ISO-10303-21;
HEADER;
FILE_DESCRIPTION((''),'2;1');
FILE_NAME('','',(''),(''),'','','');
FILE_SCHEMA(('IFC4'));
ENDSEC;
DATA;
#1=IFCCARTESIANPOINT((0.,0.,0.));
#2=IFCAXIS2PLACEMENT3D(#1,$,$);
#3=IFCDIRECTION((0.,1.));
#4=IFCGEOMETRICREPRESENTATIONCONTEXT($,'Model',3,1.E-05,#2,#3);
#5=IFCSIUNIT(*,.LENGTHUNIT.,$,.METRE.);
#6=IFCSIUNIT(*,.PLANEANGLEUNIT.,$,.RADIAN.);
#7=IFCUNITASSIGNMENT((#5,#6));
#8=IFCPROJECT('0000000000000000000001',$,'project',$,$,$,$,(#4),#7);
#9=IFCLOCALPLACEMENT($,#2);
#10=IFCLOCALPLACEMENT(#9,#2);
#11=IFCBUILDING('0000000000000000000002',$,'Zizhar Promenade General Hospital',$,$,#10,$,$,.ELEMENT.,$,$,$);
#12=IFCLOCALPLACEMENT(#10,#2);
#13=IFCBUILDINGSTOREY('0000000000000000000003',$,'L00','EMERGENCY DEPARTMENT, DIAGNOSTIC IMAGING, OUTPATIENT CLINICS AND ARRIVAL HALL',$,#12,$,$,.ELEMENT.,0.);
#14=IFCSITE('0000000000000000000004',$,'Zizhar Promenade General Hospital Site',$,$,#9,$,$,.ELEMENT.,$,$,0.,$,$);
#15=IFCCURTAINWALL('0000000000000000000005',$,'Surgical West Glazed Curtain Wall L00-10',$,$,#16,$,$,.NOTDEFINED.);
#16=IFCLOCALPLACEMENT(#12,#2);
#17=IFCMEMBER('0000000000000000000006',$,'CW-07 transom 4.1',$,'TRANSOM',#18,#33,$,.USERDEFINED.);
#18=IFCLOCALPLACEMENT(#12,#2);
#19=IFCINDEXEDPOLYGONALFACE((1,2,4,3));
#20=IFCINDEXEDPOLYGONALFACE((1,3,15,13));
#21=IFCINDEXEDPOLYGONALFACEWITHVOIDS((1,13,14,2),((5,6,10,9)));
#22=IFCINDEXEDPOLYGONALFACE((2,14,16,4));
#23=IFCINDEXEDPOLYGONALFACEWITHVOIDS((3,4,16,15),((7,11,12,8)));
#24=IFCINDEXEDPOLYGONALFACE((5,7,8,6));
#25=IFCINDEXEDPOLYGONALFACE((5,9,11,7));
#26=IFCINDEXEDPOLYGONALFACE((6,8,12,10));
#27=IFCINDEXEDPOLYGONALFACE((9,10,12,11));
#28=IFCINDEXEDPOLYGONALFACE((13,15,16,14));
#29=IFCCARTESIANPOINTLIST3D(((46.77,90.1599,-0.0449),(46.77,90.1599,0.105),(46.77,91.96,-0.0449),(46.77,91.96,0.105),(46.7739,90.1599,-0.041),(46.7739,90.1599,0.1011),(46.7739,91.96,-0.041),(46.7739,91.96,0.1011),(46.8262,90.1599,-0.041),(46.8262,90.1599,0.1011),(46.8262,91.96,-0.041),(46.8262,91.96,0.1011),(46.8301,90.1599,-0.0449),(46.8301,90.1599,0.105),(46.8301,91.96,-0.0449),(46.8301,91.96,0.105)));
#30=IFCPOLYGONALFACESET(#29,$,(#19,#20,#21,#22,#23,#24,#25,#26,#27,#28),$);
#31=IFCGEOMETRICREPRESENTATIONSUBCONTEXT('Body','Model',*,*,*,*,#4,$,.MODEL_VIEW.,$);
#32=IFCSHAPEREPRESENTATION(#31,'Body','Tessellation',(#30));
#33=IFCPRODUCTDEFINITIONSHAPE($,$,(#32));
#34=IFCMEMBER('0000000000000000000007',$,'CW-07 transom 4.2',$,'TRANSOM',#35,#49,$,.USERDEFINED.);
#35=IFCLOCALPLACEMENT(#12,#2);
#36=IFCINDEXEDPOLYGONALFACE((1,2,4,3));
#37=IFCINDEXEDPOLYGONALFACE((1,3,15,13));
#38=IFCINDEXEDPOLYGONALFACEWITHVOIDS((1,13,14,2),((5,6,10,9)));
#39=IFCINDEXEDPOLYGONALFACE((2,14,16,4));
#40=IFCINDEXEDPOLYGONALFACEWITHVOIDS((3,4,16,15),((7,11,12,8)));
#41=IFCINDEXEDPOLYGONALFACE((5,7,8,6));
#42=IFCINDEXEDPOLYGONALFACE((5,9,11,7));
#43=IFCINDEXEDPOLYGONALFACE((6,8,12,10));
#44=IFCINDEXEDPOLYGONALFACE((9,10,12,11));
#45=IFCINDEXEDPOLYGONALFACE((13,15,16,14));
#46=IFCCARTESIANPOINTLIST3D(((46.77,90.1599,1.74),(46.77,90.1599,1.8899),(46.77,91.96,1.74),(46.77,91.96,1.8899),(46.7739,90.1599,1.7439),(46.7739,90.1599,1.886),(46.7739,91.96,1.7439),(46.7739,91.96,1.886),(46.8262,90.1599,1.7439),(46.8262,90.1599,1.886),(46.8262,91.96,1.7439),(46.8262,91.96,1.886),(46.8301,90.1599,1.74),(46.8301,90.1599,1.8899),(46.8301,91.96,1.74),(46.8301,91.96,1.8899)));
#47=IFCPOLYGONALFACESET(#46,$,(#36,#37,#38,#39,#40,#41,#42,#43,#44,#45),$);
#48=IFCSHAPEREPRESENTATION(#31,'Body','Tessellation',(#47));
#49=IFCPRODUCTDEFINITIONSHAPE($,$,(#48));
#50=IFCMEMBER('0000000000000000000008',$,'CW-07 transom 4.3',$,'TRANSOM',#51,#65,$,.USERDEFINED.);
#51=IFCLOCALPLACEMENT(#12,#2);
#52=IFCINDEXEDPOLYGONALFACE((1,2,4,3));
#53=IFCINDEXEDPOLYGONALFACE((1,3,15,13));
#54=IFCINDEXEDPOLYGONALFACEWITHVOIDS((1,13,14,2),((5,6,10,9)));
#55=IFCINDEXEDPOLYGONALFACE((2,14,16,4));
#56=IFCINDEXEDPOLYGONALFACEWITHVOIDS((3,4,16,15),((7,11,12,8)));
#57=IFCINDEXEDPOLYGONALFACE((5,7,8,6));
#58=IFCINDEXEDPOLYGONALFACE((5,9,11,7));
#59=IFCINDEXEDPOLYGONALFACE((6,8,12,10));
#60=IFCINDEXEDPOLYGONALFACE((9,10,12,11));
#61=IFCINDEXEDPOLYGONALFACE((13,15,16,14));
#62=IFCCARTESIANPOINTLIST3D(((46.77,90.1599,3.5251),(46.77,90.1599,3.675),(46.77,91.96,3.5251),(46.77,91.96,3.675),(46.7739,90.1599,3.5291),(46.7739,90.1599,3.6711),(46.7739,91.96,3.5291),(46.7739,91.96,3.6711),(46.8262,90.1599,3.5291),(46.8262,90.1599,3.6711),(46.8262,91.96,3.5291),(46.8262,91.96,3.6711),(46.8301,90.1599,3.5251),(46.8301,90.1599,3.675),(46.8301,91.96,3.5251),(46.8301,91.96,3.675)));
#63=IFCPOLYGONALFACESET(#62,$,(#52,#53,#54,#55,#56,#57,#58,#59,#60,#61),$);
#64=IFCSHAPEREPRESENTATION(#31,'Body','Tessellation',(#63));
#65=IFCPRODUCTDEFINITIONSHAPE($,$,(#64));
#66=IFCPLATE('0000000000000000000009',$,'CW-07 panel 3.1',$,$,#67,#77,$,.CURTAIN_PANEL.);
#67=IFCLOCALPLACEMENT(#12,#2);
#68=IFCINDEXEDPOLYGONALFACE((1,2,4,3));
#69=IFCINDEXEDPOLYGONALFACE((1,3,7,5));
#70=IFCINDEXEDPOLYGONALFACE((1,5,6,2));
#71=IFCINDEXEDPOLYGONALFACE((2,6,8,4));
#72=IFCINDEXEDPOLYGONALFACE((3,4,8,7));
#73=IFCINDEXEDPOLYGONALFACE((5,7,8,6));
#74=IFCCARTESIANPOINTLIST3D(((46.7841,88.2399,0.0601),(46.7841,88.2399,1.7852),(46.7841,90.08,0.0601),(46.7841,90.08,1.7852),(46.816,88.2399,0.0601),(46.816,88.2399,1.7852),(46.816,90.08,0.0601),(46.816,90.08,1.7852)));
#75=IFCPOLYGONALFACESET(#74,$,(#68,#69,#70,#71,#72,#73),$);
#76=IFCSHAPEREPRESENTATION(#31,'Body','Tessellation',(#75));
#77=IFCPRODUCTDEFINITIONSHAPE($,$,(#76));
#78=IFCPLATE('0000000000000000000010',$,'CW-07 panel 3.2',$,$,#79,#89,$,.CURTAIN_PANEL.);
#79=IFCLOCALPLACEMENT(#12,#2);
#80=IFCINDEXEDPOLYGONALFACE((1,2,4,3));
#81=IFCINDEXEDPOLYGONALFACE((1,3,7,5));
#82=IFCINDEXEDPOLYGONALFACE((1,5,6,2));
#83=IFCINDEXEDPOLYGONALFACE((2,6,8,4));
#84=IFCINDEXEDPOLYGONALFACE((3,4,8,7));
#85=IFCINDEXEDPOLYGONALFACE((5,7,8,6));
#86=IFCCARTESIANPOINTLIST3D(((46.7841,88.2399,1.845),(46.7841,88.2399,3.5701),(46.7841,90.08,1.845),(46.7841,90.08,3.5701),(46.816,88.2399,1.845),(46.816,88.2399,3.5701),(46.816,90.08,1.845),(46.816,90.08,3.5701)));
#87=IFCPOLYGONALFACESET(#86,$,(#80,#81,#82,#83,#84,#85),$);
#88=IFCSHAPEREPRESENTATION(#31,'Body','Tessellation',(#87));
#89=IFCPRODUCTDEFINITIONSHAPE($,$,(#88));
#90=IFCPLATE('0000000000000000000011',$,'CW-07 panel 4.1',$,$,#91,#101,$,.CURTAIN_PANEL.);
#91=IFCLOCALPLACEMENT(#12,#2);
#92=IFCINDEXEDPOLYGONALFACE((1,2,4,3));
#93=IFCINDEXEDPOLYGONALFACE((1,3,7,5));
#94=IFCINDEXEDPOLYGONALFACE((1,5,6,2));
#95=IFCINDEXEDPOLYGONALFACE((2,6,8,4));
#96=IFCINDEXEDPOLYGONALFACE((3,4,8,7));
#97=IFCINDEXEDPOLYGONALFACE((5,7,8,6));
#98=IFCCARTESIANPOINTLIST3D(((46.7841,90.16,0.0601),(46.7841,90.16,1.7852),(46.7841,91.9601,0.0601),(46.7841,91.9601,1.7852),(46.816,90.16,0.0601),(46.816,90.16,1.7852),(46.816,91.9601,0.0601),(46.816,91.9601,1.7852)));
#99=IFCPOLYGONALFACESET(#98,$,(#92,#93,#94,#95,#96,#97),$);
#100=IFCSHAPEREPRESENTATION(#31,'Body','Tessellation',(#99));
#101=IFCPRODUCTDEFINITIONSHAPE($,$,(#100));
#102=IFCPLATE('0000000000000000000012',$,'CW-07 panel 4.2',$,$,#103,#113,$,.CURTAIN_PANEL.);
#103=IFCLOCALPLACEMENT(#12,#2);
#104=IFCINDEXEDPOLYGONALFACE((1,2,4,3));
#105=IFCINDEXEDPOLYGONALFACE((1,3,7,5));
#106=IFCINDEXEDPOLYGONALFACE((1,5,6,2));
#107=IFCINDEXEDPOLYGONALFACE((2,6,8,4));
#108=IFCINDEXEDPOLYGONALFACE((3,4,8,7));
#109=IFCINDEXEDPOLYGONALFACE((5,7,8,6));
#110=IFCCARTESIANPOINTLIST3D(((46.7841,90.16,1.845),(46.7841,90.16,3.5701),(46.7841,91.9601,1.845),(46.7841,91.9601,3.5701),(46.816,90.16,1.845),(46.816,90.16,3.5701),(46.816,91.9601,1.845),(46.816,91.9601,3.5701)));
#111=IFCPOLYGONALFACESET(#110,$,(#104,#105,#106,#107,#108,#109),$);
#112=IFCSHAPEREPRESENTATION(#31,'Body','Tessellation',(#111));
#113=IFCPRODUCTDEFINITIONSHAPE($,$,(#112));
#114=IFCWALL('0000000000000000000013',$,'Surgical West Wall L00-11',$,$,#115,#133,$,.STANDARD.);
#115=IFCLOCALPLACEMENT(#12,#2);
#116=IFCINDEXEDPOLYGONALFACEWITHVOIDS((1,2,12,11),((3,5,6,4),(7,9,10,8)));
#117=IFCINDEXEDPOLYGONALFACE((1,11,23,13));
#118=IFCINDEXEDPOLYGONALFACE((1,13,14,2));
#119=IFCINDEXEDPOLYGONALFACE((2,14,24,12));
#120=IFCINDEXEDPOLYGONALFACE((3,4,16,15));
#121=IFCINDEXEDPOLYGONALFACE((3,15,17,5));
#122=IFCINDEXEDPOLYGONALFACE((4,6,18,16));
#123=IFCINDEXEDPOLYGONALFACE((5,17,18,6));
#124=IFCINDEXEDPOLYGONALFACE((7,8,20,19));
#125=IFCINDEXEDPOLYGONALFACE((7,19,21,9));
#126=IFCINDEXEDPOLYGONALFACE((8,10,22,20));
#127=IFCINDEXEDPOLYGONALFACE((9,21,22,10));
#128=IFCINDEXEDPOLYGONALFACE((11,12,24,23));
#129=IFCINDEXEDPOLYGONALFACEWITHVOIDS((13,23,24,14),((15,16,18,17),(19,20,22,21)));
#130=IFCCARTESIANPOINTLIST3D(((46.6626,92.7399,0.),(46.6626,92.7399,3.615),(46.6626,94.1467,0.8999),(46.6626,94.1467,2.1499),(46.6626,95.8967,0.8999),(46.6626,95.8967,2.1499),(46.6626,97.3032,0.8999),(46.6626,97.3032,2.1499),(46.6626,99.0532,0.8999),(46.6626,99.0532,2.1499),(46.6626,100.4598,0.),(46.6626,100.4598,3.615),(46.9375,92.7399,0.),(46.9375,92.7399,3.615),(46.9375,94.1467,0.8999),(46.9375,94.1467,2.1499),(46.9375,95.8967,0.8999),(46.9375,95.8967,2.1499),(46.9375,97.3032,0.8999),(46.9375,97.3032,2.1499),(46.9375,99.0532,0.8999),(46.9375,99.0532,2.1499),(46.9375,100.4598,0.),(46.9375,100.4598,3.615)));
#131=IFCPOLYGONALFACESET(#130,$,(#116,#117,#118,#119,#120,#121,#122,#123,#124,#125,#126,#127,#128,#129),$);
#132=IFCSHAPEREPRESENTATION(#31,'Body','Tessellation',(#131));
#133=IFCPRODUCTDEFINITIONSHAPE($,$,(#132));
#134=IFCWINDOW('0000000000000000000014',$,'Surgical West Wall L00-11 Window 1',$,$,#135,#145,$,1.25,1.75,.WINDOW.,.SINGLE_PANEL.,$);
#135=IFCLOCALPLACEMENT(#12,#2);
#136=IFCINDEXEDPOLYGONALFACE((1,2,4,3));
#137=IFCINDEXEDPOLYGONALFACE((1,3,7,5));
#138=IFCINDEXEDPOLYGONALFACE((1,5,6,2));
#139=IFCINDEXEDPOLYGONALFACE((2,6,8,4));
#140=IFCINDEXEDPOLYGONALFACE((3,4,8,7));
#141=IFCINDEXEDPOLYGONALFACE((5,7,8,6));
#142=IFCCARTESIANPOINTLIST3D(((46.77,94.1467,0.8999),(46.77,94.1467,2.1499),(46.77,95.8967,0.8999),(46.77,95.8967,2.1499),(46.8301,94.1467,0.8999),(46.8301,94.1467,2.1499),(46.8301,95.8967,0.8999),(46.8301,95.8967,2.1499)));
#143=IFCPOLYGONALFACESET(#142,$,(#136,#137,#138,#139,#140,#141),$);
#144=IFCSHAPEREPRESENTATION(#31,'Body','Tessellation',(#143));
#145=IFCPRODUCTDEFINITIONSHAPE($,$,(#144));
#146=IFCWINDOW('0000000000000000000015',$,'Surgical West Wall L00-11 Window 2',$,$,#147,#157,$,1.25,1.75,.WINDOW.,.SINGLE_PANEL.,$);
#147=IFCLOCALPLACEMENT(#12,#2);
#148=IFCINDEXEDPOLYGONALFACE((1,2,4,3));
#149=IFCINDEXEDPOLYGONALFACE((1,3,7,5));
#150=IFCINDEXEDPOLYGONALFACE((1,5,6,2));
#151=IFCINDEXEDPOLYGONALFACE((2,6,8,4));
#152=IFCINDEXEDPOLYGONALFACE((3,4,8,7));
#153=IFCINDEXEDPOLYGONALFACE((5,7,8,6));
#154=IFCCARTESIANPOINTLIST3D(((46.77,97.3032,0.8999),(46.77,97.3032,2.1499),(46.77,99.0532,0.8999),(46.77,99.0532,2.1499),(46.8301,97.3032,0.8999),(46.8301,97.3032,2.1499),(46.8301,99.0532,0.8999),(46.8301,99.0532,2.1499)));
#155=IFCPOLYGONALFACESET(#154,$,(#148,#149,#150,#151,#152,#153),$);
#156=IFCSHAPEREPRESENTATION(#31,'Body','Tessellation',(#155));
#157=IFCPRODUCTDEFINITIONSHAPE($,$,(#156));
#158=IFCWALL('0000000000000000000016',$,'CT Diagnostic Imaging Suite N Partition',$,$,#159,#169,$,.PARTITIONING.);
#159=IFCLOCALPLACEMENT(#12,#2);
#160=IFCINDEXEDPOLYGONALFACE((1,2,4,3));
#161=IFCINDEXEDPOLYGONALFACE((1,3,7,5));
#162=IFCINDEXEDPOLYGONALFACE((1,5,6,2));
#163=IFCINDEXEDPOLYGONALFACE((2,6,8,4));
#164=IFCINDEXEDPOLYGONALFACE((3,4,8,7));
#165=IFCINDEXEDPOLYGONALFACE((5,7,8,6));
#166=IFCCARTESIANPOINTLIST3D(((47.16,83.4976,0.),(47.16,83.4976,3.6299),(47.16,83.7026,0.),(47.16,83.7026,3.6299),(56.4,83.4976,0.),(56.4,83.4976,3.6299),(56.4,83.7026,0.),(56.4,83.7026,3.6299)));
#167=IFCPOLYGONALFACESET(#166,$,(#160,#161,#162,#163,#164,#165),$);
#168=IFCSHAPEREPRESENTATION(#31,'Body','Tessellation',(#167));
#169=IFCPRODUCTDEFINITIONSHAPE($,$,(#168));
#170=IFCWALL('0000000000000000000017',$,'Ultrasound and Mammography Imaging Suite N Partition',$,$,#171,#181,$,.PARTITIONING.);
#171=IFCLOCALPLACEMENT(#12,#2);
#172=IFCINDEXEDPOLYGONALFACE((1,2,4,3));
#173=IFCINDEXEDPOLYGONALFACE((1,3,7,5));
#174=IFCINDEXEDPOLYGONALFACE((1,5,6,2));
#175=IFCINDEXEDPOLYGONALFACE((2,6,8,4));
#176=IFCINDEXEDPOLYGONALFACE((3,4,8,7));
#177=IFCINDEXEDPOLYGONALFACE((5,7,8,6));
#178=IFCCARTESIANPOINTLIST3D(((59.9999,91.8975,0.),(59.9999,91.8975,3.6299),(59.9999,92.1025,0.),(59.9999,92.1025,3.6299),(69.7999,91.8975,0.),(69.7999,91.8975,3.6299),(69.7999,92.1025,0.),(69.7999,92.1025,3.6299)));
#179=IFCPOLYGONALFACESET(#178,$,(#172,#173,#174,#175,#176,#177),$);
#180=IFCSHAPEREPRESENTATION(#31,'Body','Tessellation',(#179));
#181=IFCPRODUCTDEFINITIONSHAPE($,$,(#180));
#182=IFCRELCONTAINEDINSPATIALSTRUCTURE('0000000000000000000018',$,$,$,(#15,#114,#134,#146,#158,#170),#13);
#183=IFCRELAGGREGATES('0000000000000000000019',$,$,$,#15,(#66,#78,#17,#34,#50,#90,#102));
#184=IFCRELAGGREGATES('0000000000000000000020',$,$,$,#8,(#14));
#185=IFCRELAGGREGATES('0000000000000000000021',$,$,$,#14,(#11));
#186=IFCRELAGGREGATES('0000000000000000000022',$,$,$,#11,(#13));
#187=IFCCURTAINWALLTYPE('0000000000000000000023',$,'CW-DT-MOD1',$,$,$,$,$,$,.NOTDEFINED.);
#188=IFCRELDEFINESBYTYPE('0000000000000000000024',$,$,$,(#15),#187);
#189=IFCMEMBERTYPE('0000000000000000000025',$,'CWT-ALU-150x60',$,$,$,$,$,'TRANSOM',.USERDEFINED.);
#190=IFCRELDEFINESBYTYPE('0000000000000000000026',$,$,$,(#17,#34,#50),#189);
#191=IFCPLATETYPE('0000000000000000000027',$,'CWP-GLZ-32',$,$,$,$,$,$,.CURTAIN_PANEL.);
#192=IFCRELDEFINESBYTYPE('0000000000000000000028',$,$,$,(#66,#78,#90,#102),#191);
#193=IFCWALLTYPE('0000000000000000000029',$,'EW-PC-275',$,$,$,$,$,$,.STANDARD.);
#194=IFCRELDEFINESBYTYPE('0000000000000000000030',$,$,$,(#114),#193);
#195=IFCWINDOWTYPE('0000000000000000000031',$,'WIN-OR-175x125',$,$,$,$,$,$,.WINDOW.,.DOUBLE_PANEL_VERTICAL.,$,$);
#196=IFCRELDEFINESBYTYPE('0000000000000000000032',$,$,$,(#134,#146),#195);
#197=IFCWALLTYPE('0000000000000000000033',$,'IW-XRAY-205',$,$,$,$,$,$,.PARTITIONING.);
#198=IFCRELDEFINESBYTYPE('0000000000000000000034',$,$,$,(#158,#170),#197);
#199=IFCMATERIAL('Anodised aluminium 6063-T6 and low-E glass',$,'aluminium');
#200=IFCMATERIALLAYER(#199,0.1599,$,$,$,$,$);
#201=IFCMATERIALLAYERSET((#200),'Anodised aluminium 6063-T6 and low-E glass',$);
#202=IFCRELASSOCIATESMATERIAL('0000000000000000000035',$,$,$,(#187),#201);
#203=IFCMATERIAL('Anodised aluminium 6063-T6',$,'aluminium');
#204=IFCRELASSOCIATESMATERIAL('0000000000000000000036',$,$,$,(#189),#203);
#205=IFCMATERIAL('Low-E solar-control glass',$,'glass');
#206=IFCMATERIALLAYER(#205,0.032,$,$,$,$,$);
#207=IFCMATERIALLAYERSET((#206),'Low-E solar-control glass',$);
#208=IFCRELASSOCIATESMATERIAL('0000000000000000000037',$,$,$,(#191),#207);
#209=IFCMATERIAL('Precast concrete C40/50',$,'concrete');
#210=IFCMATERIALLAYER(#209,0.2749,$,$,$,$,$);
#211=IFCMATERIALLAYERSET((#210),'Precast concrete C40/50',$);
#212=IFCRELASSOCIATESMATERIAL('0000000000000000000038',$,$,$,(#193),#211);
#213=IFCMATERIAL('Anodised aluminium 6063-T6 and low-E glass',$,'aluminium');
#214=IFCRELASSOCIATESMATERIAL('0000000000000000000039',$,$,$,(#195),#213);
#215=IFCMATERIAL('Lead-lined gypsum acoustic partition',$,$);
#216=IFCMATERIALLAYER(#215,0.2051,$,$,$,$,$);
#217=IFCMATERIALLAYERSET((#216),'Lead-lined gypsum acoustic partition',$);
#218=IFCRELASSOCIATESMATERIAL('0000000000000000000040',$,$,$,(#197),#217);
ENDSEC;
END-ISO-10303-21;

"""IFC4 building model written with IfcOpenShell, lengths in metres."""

from ifc_helpers import new_model, si_unit, direction, frame, frame_2d, origin, origin_2d, place, context, subcontext, project, spatial, rectangle, hollow_rectangle, extrude, material, layer, layer_set, material_profile, profile_set, type_object, element, fill, aggregate, save


model = new_model("IFC4")

# Units and contexts
model_context = context("Model", 3, precision=1e-05, world=origin(), true_north=direction((0.0, 1.0)))
body_context = subcontext(model_context, "Body", "Model", "MODEL_VIEW")
ifc_project = project(units=[si_unit("LENGTHUNIT", "METRE"), si_unit("PLANEANGLEUNIT", "RADIAN")], contexts=[model_context])

# Site, building, storey
site_placement = place(None, origin())
site = spatial("IfcSite", under=ifc_project, at=site_placement, Name="Zizhar Promenade General Hospital Site", CompositionType="ELEMENT", RefElevation=0.0)
building_placement = place(site_placement, origin())
building = spatial("IfcBuilding", under=site, at=building_placement, Name="Zizhar Promenade General Hospital", CompositionType="ELEMENT")
storey_placement = place(building_placement, origin())
storey = spatial("IfcBuildingStorey", under=building, at=storey_placement, Name="L00", Description="EMERGENCY DEPARTMENT, DIAGNOSTIC IMAGING, OUTPATIENT CLINICS AND ARRIVAL HALL", CompositionType="ELEMENT", Elevation=0.0)

# Curtain wall, members, plates
ifc_material_1 = material(Name="Anodised aluminium 6063-T6 and low-E glass", Category="aluminium")
ifc_layer_1 = layer(ifc_material_1, 0.1599)
ifc_layer_set_1 = layer_set([ifc_layer_1], Name="Anodised aluminium 6063-T6 and low-E glass")
curtain_wall_type = type_object("IfcCurtainWallType", Name="CW-DT-MOD1", PredefinedType="NOTDEFINED", material=ifc_layer_set_1)
curtain_wall_placement = place(storey_placement, origin())
curtain_wall = element("IfcCurtainWall", 1, at=curtain_wall_placement, inside=storey, type_object=curtain_wall_type, Name="Surgical West Glazed Curtain Wall L00-10", PredefinedType="NOTDEFINED")
ifc_material_2 = material(Name="Anodised aluminium 6063-T6", Category="aluminium")
ifc_material_profile_1 = material_profile(ifc_material_2, hollow_rectangle(XDim=0.0601, YDim=0.1499, WallThickness=0.0039, at=origin_2d()))
ifc_profile_set_1 = profile_set([ifc_material_profile_1], Name="Anodised aluminium 6063-T6")
member_type_1 = type_object("IfcMemberType", Name="CWT-ALU-150x60", ElementType="TRANSOM", PredefinedType="USERDEFINED", material=ifc_profile_set_1)
member_1_placement = place(storey_placement, frame((46.8, 90.1599, 0.03), z_axis=(0.0, 1.0, 0.0), x_axis=(-1.0, 0.0, 0.0)))
member_1 = element("IfcMember", 2, at=member_1_placement, type_object=member_type_1, Name="CW-07 transom 4.1", ObjectType="TRANSOM", PredefinedType="USERDEFINED", context=body_context, shape_type="SweptSolid", body=[
    extrude(hollow_rectangle(XDim=0.0601, YDim=0.1499, WallThickness=0.0039, at=origin_2d()), origin(), (0.0, 0.0, 1.0), 1.8),
])
member_2_placement = place(storey_placement, frame((46.8, 90.1599, 1.8149), z_axis=(0.0, 1.0, 0.0), x_axis=(-1.0, 0.0, 0.0)))
member_2 = element("IfcMember", 3, at=member_2_placement, type_object=member_type_1, Name="CW-07 transom 4.2", ObjectType="TRANSOM", PredefinedType="USERDEFINED", context=body_context, shape_type="SweptSolid", body=[
    extrude(hollow_rectangle(XDim=0.0601, YDim=0.1499, WallThickness=0.0039, at=origin_2d()), origin(), (0.0, 0.0, 1.0), 1.8),
])
member_3_placement = place(storey_placement, frame((46.8, 90.1599, 3.6001), z_axis=(0.0, 1.0, 0.0), x_axis=(-1.0, 0.0, 0.0)))
member_3 = element("IfcMember", 4, at=member_3_placement, type_object=member_type_1, Name="CW-07 transom 4.3", ObjectType="TRANSOM", PredefinedType="USERDEFINED", context=body_context, shape_type="SweptSolid", body=[
    extrude(hollow_rectangle(XDim=0.0601, YDim=0.1499, WallThickness=0.0039, at=origin_2d()), origin(), (0.0, 0.0, 1.0), 1.8),
])
ifc_material_3 = material(Name="Low-E solar-control glass", Category="glass")
ifc_layer_2 = layer(ifc_material_3, 0.032)
ifc_layer_set_2 = layer_set([ifc_layer_2], Name="Low-E solar-control glass")
plate_type = type_object("IfcPlateType", Name="CWP-GLZ-32", PredefinedType="CURTAIN_PANEL", material=ifc_layer_set_2)
plate_1_placement = place(storey_placement, frame((46.8, 89.1599, 0.0601), z_axis=(0.0, 0.0, 1.0), x_axis=(0.0, 1.0, 0.0)))
plate_1 = element("IfcPlate", 5, at=plate_1_placement, type_object=plate_type, Name="CW-07 panel 3.1", PredefinedType="CURTAIN_PANEL", context=body_context, shape_type="SweptSolid", body=[
    extrude(rectangle(XDim=1.8401, YDim=0.032, at=origin_2d()), origin(), (0.0, 0.0, 1.0), 1.7251),
])
plate_2_placement = place(storey_placement, frame((46.8, 89.1599, 1.845), z_axis=(0.0, 0.0, 1.0), x_axis=(0.0, 1.0, 0.0)))
plate_2 = element("IfcPlate", 6, at=plate_2_placement, type_object=plate_type, Name="CW-07 panel 3.2", PredefinedType="CURTAIN_PANEL", context=body_context, shape_type="SweptSolid", body=[
    extrude(rectangle(XDim=1.8401, YDim=0.032, at=origin_2d()), origin(), (0.0, 0.0, 1.0), 1.7251),
])
plate_3_placement = place(storey_placement, frame((46.8, 91.0601, 0.0601), z_axis=(0.0, 0.0, 1.0), x_axis=(0.0, 1.0, 0.0)))
plate_3 = element("IfcPlate", 7, at=plate_3_placement, type_object=plate_type, Name="CW-07 panel 4.1", PredefinedType="CURTAIN_PANEL", context=body_context, shape_type="SweptSolid", body=[
    extrude(rectangle(XDim=1.8, YDim=0.032, at=origin_2d()), origin(), (0.0, 0.0, 1.0), 1.7251),
])
plate_4_placement = place(storey_placement, frame((46.8, 91.0601, 1.845), z_axis=(0.0, 0.0, 1.0), x_axis=(0.0, 1.0, 0.0)))
plate_4 = element("IfcPlate", 8, at=plate_4_placement, type_object=plate_type, Name="CW-07 panel 4.2", PredefinedType="CURTAIN_PANEL", context=body_context, shape_type="SweptSolid", body=[
    extrude(rectangle(XDim=1.8, YDim=0.032, at=origin_2d()), origin(), (0.0, 0.0, 1.0), 1.7251),
])
aggregate(curtain_wall, [plate_1, plate_2, member_1, member_2, member_3, plate_3, plate_4])

# Wall, openings, windows
ifc_material_4 = material(Name="Precast concrete C40/50", Category="concrete")
ifc_layer_3 = layer(ifc_material_4, 0.2749)
ifc_layer_set_3 = layer_set([ifc_layer_3], Name="Precast concrete C40/50")
wall_type_1 = type_object("IfcWallType", Name="EW-PC-275", PredefinedType="STANDARD", material=ifc_layer_set_3)
wall_1_placement = place(storey_placement, frame((46.8, 92.74, 0.0), z_axis=(0.0, 0.0, 1.0), x_axis=(0.0, 1.0, 0.0)))
wall_1 = element("IfcWall", 9, at=wall_1_placement, inside=storey, type_object=wall_type_1, Name="Surgical West Wall L00-11", PredefinedType="STANDARD", context=body_context, shape_type="SweptSolid", body=[
    extrude(rectangle(XDim=7.72, YDim=0.2749, at=frame_2d((3.8599, 0.0))), origin(), (0.0, 0.0, 1.0), 3.615),
])
opening_1_placement = place(wall_1_placement, frame((1.4067, 0.0, 0.8999)))
opening_1 = element("IfcOpeningElement", 10, at=opening_1_placement, cuts=wall_1, PredefinedType="OPENING", context=body_context, shape_type="SweptSolid", body=[
    extrude(rectangle(XDim=1.75, YDim=1.25, at=frame_2d((0.875, 0.625))), frame((0.0, 0.1475, 0.0), z_axis=(0.0, -1.0, 0.0), x_axis=(1.0, 0.0, 0.0)), (0.0, 0.0, 1.0), 0.2949),
])
opening_2_placement = place(wall_1_placement, frame((4.5632, 0.0, 0.8999)))
opening_2 = element("IfcOpeningElement", 11, at=opening_2_placement, cuts=wall_1, PredefinedType="OPENING", context=body_context, shape_type="SweptSolid", body=[
    extrude(rectangle(XDim=1.75, YDim=1.25, at=frame_2d((0.875, 0.625))), frame((0.0, 0.1475, 0.0), z_axis=(0.0, -1.0, 0.0), x_axis=(1.0, 0.0, 0.0)), (0.0, 0.0, 1.0), 0.2949),
])
ifc_material_5 = material(Name="Anodised aluminium 6063-T6 and low-E glass", Category="aluminium")
window_type = type_object("IfcWindowType", Name="WIN-OR-175x125", PartitioningType="DOUBLE_PANEL_VERTICAL", PredefinedType="WINDOW", material=ifc_material_5)
window_1_placement = place(opening_1_placement, origin())
window_1 = element("IfcWindow", 12, at=window_1_placement, inside=storey, type_object=window_type, Name="Surgical West Wall L00-11 Window 1", OverallHeight=1.25, OverallWidth=1.75, PartitioningType="SINGLE_PANEL", PredefinedType="WINDOW", context=body_context, shape_type="SweptSolid", body=[
    extrude(rectangle(XDim=1.75, YDim=1.25, at=frame_2d((0.875, 0.625))), frame((0.0, 0.03, 0.0), z_axis=(0.0, -1.0, 0.0), x_axis=(1.0, 0.0, 0.0)), (0.0, 0.0, 1.0), 0.0601),
])
fill(opening_1, window_1)
window_2_placement = place(opening_2_placement, origin())
window_2 = element("IfcWindow", 13, at=window_2_placement, inside=storey, type_object=window_type, Name="Surgical West Wall L00-11 Window 2", OverallHeight=1.25, OverallWidth=1.75, PartitioningType="SINGLE_PANEL", PredefinedType="WINDOW", context=body_context, shape_type="SweptSolid", body=[
    extrude(rectangle(XDim=1.75, YDim=1.25, at=frame_2d((0.875, 0.625))), frame((0.0, 0.03, 0.0), z_axis=(0.0, -1.0, 0.0), x_axis=(1.0, 0.0, 0.0)), (0.0, 0.0, 1.0), 0.0601),
])
fill(opening_2, window_2)

# Walls
ifc_material_6 = material(Name="Lead-lined gypsum acoustic partition")
ifc_layer_4 = layer(ifc_material_6, 0.2051)
ifc_layer_set_4 = layer_set([ifc_layer_4], Name="Lead-lined gypsum acoustic partition")
wall_type_2 = type_object("IfcWallType", Name="IW-XRAY-205", PredefinedType="PARTITIONING", material=ifc_layer_set_4)
wall_2_placement = place(storey_placement, frame((47.1599, 83.6001, 0.0), z_axis=(0.0, 0.0, 1.0), x_axis=(1.0, 0.0, 0.0)))
element("IfcWall", 14, at=wall_2_placement, inside=storey, type_object=wall_type_2, Name="CT Diagnostic Imaging Suite N Partition", PredefinedType="PARTITIONING", context=body_context, shape_type="SweptSolid", body=[
    extrude(rectangle(XDim=9.24, YDim=0.2051, at=frame_2d((4.6201, 0.0))), origin(), (0.0, 0.0, 1.0), 3.6299),
])
wall_3_placement = place(storey_placement, frame((60.0, 92.0, 0.0), z_axis=(0.0, 0.0, 1.0), x_axis=(1.0, 0.0, 0.0)))
element("IfcWall", 15, at=wall_3_placement, inside=storey, type_object=wall_type_2, Name="Ultrasound and Mammography Imaging Suite N Partition", PredefinedType="PARTITIONING", context=body_context, shape_type="SweptSolid", body=[
    extrude(rectangle(XDim=9.8, YDim=0.2051, at=frame_2d((4.8999, 0.0))), origin(), (0.0, 0.0, 1.0), 3.6299),
])

save(model, "model.ifc")
